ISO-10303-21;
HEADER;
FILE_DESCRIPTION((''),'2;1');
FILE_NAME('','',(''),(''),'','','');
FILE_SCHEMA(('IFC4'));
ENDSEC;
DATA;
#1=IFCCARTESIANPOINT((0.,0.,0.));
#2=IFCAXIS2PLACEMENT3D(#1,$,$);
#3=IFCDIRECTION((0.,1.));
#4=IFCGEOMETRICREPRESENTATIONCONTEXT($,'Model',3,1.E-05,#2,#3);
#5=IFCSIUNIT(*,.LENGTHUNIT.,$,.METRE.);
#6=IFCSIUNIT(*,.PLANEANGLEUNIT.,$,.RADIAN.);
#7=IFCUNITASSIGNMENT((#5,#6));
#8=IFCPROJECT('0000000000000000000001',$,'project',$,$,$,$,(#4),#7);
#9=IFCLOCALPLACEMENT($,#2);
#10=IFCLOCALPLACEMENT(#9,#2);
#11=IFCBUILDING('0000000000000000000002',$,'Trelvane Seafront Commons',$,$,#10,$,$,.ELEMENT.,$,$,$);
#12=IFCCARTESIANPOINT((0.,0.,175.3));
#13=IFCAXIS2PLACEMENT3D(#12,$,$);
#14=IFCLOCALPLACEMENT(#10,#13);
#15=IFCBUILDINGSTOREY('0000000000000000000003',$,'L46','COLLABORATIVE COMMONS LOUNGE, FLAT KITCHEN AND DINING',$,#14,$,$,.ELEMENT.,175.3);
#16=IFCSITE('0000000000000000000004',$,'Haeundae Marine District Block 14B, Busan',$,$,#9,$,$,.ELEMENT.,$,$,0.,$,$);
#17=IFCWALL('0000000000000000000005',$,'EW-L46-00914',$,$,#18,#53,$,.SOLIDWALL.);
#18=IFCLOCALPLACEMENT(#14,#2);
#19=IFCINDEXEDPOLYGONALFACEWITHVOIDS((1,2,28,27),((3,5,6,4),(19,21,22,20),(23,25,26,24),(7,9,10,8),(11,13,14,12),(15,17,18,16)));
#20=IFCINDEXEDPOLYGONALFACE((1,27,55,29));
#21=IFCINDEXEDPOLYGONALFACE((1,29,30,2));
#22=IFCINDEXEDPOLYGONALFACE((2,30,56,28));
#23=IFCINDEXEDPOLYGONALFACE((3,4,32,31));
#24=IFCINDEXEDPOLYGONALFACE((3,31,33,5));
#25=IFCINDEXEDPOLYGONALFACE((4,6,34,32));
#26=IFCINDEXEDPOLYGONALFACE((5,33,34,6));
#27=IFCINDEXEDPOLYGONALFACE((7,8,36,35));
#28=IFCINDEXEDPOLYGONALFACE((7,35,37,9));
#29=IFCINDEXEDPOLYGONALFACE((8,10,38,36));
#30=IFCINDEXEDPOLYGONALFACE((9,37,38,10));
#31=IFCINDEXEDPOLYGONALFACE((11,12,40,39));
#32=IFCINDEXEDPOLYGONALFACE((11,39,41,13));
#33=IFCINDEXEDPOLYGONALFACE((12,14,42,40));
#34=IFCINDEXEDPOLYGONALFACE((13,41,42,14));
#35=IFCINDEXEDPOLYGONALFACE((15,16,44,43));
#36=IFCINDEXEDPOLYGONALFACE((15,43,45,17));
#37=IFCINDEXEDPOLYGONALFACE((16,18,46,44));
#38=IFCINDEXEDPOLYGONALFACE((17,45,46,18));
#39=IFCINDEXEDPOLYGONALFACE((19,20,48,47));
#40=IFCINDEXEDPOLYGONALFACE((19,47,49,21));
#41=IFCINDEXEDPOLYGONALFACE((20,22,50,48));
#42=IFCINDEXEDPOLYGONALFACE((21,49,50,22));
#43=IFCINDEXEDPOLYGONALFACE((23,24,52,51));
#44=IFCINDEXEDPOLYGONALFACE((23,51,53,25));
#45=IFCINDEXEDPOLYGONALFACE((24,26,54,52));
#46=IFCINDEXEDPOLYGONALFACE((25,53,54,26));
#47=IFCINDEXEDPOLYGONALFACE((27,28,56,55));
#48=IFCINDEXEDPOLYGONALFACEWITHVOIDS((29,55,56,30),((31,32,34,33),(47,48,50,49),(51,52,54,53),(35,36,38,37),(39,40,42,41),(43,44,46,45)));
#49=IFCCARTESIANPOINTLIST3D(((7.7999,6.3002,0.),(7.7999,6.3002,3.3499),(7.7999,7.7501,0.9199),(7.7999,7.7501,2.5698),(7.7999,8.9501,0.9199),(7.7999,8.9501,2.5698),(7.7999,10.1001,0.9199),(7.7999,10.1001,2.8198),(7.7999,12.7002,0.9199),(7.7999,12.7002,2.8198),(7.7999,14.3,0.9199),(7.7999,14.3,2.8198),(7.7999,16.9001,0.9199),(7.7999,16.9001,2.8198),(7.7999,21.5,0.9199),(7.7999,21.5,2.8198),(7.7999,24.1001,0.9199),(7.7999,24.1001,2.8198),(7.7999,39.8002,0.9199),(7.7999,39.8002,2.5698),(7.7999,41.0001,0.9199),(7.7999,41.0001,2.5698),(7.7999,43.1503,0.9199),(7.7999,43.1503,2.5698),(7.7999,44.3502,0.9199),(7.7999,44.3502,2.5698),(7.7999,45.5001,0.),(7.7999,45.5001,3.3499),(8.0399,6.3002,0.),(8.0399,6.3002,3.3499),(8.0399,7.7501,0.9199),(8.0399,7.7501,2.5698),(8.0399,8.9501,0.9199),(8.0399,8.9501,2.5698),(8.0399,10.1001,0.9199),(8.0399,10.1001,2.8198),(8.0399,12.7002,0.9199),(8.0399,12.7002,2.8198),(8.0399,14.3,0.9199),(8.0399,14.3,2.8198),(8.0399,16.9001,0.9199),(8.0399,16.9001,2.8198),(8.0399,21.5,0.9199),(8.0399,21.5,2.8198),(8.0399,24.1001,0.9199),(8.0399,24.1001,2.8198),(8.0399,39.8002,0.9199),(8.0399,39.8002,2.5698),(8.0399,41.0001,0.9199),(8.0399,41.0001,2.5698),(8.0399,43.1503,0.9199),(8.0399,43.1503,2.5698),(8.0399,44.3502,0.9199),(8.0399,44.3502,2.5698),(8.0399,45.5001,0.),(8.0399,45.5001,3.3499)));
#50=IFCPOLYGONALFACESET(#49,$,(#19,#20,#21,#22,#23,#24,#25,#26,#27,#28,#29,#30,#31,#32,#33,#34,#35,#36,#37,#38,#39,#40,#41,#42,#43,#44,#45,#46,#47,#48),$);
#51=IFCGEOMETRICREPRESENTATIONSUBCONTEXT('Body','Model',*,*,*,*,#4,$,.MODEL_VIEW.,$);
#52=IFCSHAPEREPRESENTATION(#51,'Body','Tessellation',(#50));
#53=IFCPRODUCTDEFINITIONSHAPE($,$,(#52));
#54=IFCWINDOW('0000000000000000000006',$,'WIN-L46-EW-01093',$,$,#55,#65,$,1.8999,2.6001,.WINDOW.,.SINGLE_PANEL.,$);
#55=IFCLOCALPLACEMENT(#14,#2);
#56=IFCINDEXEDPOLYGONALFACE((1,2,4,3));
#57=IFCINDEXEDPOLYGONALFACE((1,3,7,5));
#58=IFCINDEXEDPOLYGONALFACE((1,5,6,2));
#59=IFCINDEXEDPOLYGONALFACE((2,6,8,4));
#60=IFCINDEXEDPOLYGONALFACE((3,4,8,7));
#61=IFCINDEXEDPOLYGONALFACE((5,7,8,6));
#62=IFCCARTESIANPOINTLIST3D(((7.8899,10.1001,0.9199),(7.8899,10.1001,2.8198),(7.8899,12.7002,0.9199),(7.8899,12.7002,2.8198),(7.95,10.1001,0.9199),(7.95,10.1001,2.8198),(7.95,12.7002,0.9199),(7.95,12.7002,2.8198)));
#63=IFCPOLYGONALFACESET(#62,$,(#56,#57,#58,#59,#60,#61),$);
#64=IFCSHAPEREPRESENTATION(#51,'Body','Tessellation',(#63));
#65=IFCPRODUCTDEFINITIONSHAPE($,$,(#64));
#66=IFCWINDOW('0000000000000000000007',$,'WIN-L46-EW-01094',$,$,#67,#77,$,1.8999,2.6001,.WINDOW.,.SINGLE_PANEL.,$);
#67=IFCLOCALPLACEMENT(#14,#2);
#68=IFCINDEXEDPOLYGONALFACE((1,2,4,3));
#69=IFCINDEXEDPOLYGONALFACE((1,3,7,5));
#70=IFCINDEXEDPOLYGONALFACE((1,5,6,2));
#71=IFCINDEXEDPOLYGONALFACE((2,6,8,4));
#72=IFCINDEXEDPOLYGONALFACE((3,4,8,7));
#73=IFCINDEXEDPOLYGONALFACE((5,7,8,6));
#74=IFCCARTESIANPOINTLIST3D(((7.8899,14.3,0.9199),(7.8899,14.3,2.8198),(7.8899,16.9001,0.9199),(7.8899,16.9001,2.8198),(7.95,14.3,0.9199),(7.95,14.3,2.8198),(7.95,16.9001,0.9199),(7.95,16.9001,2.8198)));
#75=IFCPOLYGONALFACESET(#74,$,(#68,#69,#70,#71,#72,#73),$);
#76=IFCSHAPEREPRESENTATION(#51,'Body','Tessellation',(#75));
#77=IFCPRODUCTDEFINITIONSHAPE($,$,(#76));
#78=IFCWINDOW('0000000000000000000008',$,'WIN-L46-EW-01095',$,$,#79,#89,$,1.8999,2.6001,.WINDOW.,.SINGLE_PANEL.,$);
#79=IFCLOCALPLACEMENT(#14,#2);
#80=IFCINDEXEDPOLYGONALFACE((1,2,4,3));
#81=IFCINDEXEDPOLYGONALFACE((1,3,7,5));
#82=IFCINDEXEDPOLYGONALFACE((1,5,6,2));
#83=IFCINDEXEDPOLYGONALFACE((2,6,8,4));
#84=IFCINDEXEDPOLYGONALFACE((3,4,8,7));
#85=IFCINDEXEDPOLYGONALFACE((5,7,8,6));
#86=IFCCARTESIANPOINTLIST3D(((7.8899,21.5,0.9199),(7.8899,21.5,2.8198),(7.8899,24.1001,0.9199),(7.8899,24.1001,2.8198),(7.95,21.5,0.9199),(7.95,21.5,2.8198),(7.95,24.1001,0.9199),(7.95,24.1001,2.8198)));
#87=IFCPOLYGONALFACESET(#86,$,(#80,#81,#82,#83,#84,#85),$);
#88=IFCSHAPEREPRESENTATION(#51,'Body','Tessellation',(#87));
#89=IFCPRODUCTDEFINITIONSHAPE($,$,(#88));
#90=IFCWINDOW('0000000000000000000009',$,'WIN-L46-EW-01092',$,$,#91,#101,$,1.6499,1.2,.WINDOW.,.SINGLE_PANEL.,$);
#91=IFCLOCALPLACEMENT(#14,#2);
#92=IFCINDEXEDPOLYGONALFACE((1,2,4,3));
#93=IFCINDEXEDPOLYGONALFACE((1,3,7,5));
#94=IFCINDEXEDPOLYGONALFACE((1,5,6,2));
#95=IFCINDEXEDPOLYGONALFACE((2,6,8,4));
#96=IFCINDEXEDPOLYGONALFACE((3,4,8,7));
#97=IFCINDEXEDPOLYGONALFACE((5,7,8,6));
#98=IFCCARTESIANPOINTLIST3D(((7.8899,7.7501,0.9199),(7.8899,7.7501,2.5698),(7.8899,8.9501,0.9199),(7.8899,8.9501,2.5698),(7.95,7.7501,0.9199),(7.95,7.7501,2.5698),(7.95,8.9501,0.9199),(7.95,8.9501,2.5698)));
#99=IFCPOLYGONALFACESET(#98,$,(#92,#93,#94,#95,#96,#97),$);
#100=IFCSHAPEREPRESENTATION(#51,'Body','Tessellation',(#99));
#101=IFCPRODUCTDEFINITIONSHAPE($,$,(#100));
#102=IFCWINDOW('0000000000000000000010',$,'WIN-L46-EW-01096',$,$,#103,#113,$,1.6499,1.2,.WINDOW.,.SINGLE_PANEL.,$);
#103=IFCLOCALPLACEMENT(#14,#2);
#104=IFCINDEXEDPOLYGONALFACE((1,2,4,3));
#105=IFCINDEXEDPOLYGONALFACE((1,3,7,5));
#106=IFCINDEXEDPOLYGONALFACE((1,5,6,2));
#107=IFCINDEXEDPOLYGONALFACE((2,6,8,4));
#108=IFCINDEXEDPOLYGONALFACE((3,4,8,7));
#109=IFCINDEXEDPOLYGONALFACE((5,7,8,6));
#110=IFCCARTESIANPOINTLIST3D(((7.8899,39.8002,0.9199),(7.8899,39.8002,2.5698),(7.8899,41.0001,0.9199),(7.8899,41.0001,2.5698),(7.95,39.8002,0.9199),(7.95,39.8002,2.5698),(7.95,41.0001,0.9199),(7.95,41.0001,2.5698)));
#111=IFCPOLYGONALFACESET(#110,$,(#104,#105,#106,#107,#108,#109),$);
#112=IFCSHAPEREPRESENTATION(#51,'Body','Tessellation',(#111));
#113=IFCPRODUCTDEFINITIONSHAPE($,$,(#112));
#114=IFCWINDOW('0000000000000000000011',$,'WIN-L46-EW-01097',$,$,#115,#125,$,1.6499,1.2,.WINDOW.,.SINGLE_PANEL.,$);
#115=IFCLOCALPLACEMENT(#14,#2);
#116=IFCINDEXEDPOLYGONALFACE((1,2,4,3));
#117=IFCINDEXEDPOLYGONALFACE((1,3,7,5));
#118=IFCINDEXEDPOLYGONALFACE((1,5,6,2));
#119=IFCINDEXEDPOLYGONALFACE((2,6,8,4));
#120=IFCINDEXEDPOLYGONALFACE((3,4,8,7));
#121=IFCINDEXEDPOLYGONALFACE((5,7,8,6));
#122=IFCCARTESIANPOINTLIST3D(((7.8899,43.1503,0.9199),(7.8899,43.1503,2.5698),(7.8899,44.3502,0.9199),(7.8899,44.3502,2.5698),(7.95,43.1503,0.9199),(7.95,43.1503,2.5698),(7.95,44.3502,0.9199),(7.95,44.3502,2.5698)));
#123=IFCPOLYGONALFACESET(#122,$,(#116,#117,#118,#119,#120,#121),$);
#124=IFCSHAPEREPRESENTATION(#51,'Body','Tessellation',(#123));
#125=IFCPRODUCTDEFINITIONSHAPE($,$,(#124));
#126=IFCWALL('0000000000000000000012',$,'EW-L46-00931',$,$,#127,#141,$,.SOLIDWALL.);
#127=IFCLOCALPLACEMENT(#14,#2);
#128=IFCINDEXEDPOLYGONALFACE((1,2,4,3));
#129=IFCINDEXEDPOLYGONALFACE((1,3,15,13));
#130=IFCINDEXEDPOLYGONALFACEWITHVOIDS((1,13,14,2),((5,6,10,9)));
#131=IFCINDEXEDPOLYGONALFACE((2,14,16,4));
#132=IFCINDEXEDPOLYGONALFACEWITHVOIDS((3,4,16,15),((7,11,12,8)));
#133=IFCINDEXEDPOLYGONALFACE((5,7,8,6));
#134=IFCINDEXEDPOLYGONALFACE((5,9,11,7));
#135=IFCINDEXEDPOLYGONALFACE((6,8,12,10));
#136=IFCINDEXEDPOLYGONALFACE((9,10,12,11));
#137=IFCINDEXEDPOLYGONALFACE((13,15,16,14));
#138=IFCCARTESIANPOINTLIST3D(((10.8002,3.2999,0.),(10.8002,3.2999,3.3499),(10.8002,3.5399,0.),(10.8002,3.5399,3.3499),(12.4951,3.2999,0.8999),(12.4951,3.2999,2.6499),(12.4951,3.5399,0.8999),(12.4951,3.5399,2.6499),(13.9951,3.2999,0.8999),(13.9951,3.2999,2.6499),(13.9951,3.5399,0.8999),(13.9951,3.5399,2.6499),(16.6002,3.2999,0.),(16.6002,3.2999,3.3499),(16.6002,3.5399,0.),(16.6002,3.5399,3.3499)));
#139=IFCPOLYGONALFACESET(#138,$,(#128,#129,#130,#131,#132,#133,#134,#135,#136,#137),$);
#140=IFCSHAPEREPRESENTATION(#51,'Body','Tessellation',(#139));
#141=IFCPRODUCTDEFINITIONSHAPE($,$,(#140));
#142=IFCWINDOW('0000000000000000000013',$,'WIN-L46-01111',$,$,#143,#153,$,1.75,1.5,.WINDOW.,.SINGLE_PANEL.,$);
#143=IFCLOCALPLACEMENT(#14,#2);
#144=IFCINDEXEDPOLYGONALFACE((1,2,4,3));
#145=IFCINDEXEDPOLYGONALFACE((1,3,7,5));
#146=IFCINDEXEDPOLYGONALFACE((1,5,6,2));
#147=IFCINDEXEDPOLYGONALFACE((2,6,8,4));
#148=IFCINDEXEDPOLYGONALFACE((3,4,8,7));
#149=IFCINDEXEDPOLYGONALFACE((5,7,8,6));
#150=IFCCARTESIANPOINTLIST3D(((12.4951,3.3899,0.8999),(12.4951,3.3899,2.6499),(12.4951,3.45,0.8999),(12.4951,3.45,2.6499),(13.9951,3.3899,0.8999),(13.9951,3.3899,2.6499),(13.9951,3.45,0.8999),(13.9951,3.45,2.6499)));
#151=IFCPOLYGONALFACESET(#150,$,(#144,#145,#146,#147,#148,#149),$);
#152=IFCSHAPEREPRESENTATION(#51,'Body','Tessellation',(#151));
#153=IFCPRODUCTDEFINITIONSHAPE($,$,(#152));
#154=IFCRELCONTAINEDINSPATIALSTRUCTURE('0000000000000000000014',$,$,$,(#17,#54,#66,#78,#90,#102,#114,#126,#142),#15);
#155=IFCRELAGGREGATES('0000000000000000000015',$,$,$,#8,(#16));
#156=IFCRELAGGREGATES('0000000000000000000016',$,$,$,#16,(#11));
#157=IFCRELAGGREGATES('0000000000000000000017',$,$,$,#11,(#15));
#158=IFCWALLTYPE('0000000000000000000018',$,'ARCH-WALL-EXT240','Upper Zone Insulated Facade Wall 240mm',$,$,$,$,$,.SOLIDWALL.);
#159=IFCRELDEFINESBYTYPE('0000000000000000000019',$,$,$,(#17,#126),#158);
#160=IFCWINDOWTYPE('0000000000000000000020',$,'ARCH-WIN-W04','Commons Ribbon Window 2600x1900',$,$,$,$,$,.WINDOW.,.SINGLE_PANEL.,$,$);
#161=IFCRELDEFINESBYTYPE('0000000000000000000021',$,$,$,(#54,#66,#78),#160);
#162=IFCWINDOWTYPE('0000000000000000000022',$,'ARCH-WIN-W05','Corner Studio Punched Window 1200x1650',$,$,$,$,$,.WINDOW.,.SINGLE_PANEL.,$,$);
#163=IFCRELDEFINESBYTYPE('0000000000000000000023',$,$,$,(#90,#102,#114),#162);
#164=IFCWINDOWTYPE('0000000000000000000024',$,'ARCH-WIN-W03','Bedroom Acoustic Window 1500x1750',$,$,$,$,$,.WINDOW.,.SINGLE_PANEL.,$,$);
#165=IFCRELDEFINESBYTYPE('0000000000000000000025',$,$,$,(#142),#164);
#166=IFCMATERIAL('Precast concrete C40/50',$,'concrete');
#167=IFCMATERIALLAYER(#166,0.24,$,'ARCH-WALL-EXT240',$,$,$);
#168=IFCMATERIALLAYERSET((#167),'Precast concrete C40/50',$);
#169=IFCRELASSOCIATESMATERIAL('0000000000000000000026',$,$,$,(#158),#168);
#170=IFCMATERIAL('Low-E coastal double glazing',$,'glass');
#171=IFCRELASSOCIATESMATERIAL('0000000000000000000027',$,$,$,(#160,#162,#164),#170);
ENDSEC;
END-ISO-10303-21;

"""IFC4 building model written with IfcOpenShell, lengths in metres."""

from ifc_helpers import new_model, si_unit, direction, frame, frame_2d, origin, place, context, subcontext, project, spatial, rectangle, extrude, source, transform, mapped, material, layer, layer_set, type_object, element, fill, save


model = new_model("IFC4")

# Units and contexts
model_context = context("Model", 3, precision=1e-05, world=origin(), true_north=direction((0.0, 1.0)))
body_context = subcontext(model_context, "Body", "Model", "MODEL_VIEW")
ifc_project = project(units=[si_unit("LENGTHUNIT", "METRE"), si_unit("PLANEANGLEUNIT", "RADIAN")], contexts=[model_context])

# Site, building, storey
site_placement = place(None, origin())
site = spatial("IfcSite", under=ifc_project, at=site_placement, Name="Haeundae Marine District Block 14B, Busan", CompositionType="ELEMENT", RefElevation=0.0)
building_placement = place(site_placement, origin())
building = spatial("IfcBuilding", under=site, at=building_placement, Name="Trelvane Seafront Commons", CompositionType="ELEMENT")
storey_placement = place(building_placement, frame((0.0, 0.0, 175.3)))
storey = spatial("IfcBuildingStorey", under=building, at=storey_placement, Name="L46", Description="COLLABORATIVE COMMONS LOUNGE, FLAT KITCHEN AND DINING", CompositionType="ELEMENT", Elevation=175.3)

# Shared definitions
ifc_material_1 = material(Name="Precast concrete C40/50", Category="concrete")
ifc_layer_1 = layer(ifc_material_1, 0.24, Name="ARCH-WALL-EXT240")
ifc_layer_set_1 = layer_set([ifc_layer_1], Name="Precast concrete C40/50")
wall_type_1 = type_object("IfcWallType", Name="ARCH-WALL-EXT240", Description="Upper Zone Insulated Facade Wall 240mm", PredefinedType="SOLIDWALL", material=ifc_layer_set_1)

# Wall, openings, windows
wall_1_placement = place(storey_placement, frame((7.9199, 6.3, 0.0), z_axis=(0.0, 0.0, 1.0), x_axis=(0.0, 1.0, 0.0)))
wall_1 = element("IfcWall", 1, at=wall_1_placement, inside=storey, type_object=wall_type_1, Name="EW-L46-00914", PredefinedType="SOLIDWALL", context=body_context, shape_type="SweptSolid", body=[
    extrude(rectangle(XDim=39.2, YDim=0.24, at=frame_2d((19.6001, 0.0))), origin(), (0.0, 0.0, 1.0), 3.3499),
])
opening_1_placement = place(wall_1_placement, frame((1.45, 0.0, 0.9199)))
opening_1 = element("IfcOpeningElement", 2, at=opening_1_placement, cuts=wall_1, PredefinedType="OPENING", context=body_context, shape_type="SweptSolid", body=[
    extrude(rectangle(XDim=1.2, YDim=1.6499, at=frame_2d((0.6001, 0.825))), frame((0.0, 0.1299, 0.0), z_axis=(0.0, -1.0, 0.0), x_axis=(1.0, 0.0, 0.0)), (0.0, 0.0, 1.0), 0.26),
])
opening_2_placement = place(wall_1_placement, frame((3.8, 0.0, 0.9199)))
opening_2 = element("IfcOpeningElement", 3, at=opening_2_placement, cuts=wall_1, PredefinedType="OPENING", context=body_context, shape_type="SweptSolid", body=[
    extrude(rectangle(XDim=2.6001, YDim=1.8999, at=frame_2d((1.3, 0.95))), frame((0.0, 0.1299, 0.0), z_axis=(0.0, -1.0, 0.0), x_axis=(1.0, 0.0, 0.0)), (0.0, 0.0, 1.0), 0.26),
])
opening_3_placement = place(wall_1_placement, frame((8.0, 0.0, 0.9199)))
opening_3 = element("IfcOpeningElement", 4, at=opening_3_placement, cuts=wall_1, PredefinedType="OPENING", context=body_context, shape_type="SweptSolid", body=[
    extrude(rectangle(XDim=2.6001, YDim=1.8999, at=frame_2d((1.3, 0.95))), frame((0.0, 0.1299, 0.0), z_axis=(0.0, -1.0, 0.0), x_axis=(1.0, 0.0, 0.0)), (0.0, 0.0, 1.0), 0.26),
])
opening_4_placement = place(wall_1_placement, frame((15.2, 0.0, 0.9199)))
opening_4 = element("IfcOpeningElement", 5, at=opening_4_placement, cuts=wall_1, PredefinedType="OPENING", context=body_context, shape_type="SweptSolid", body=[
    extrude(rectangle(XDim=2.6001, YDim=1.8999, at=frame_2d((1.3, 0.95))), frame((0.0, 0.1299, 0.0), z_axis=(0.0, -1.0, 0.0), x_axis=(1.0, 0.0, 0.0)), (0.0, 0.0, 1.0), 0.26),
])
opening_5_placement = place(wall_1_placement, frame((33.5, 0.0, 0.9199)))
opening_5 = element("IfcOpeningElement", 6, at=opening_5_placement, cuts=wall_1, PredefinedType="OPENING", context=body_context, shape_type="SweptSolid", body=[
    extrude(rectangle(XDim=1.2, YDim=1.6499, at=frame_2d((0.6001, 0.825))), frame((0.0, 0.1299, 0.0), z_axis=(0.0, -1.0, 0.0), x_axis=(1.0, 0.0, 0.0)), (0.0, 0.0, 1.0), 0.26),
])
opening_6_placement = place(wall_1_placement, frame((36.8501, 0.0, 0.9199)))
opening_6 = element("IfcOpeningElement", 7, at=opening_6_placement, cuts=wall_1, PredefinedType="OPENING", context=body_context, shape_type="SweptSolid", body=[
    extrude(rectangle(XDim=1.2, YDim=1.6499, at=frame_2d((0.6001, 0.825))), frame((0.0, 0.1299, 0.0), z_axis=(0.0, -1.0, 0.0), x_axis=(1.0, 0.0, 0.0)), (0.0, 0.0, 1.0), 0.26),
])
ifc_material_2 = material(Name="Low-E coastal double glazing", Category="glass")
window_type_1 = type_object("IfcWindowType", Name="ARCH-WIN-W04", Description="Commons Ribbon Window 2600x1900", PartitioningType="SINGLE_PANEL", PredefinedType="WINDOW", material=ifc_material_2)
shared_shape_1 = source(origin(), body_context, "Body", "SweptSolid", [
    extrude(rectangle(XDim=2.6001, YDim=1.8999, at=frame_2d((1.3, 0.95))), frame((0.0, 0.03, 0.0), z_axis=(0.0, -1.0, 0.0), x_axis=(1.0, 0.0, 0.0)), (0.0, 0.0, 1.0), 0.0601),
])
window_1_placement = place(opening_2_placement, origin())
window_1 = element("IfcWindow", 8, at=window_1_placement, inside=storey, type_object=window_type_1, Name="WIN-L46-EW-01093", OverallHeight=1.8999, OverallWidth=2.6001, PartitioningType="SINGLE_PANEL", PredefinedType="WINDOW", context=body_context, shape_type="MappedRepresentation", body=[
    mapped(shared_shape_1, transform((0.0, 0.0, 0.0), x_axis=(1.0, 0.0, 0.0), y_axis=(0.0, 1.0, 0.0), z_axis=(0.0, 0.0, 1.0), scale=1.0)),
])
fill(opening_2, window_1)
window_2_placement = place(opening_3_placement, origin())
window_2 = element("IfcWindow", 9, at=window_2_placement, inside=storey, type_object=window_type_1, Name="WIN-L46-EW-01094", OverallHeight=1.8999, OverallWidth=2.6001, PartitioningType="SINGLE_PANEL", PredefinedType="WINDOW", context=body_context, shape_type="MappedRepresentation", body=[
    mapped(shared_shape_1, transform((0.0, 0.0, 0.0), x_axis=(1.0, 0.0, 0.0), y_axis=(0.0, 1.0, 0.0), z_axis=(0.0, 0.0, 1.0), scale=1.0)),
])
fill(opening_3, window_2)
window_3_placement = place(opening_4_placement, origin())
window_3 = element("IfcWindow", 10, at=window_3_placement, inside=storey, type_object=window_type_1, Name="WIN-L46-EW-01095", OverallHeight=1.8999, OverallWidth=2.6001, PartitioningType="SINGLE_PANEL", PredefinedType="WINDOW", context=body_context, shape_type="MappedRepresentation", body=[
    mapped(shared_shape_1, transform((0.0, 0.0, 0.0), x_axis=(1.0, 0.0, 0.0), y_axis=(0.0, 1.0, 0.0), z_axis=(0.0, 0.0, 1.0), scale=1.0)),
])
fill(opening_4, window_3)
window_type_2 = type_object("IfcWindowType", Name="ARCH-WIN-W05", Description="Corner Studio Punched Window 1200x1650", PartitioningType="SINGLE_PANEL", PredefinedType="WINDOW", material=ifc_material_2)
shared_shape_2 = source(origin(), body_context, "Body", "SweptSolid", [
    extrude(rectangle(XDim=1.2, YDim=1.6499, at=frame_2d((0.6001, 0.825))), frame((0.0, 0.03, 0.0), z_axis=(0.0, -1.0, 0.0), x_axis=(1.0, 0.0, 0.0)), (0.0, 0.0, 1.0), 0.0601),
])
window_4_placement = place(opening_1_placement, origin())
window_4 = element("IfcWindow", 11, at=window_4_placement, inside=storey, type_object=window_type_2, Name="WIN-L46-EW-01092", OverallHeight=1.6499, OverallWidth=1.2, PartitioningType="SINGLE_PANEL", PredefinedType="WINDOW", context=body_context, shape_type="MappedRepresentation", body=[
    mapped(shared_shape_2, transform((0.0, 0.0, 0.0), x_axis=(1.0, 0.0, 0.0), y_axis=(0.0, 1.0, 0.0), z_axis=(0.0, 0.0, 1.0), scale=1.0)),
])
fill(opening_1, window_4)
window_5_placement = place(opening_5_placement, origin())
window_5 = element("IfcWindow", 12, at=window_5_placement, inside=storey, type_object=window_type_2, Name="WIN-L46-EW-01096", OverallHeight=1.6499, OverallWidth=1.2, PartitioningType="SINGLE_PANEL", PredefinedType="WINDOW", context=body_context, shape_type="MappedRepresentation", body=[
    mapped(shared_shape_2, transform((0.0, 0.0, 0.0), x_axis=(1.0, 0.0, 0.0), y_axis=(0.0, 1.0, 0.0), z_axis=(0.0, 0.0, 1.0), scale=1.0)),
])
fill(opening_5, window_5)
window_6_placement = place(opening_6_placement, origin())
window_6 = element("IfcWindow", 13, at=window_6_placement, inside=storey, type_object=window_type_2, Name="WIN-L46-EW-01097", OverallHeight=1.6499, OverallWidth=1.2, PartitioningType="SINGLE_PANEL", PredefinedType="WINDOW", context=body_context, shape_type="MappedRepresentation", body=[
    mapped(shared_shape_2, transform((0.0, 0.0, 0.0), x_axis=(1.0, 0.0, 0.0), y_axis=(0.0, 1.0, 0.0), z_axis=(0.0, 0.0, 1.0), scale=1.0)),
])
fill(opening_6, window_6)

# Wall, opening, window
wall_2_placement = place(storey_placement, frame((16.6001, 3.4199, 0.0), z_axis=(0.0, 0.0, 1.0), x_axis=(-1.0, 0.0, 0.0)))
wall_2 = element("IfcWall", 14, at=wall_2_placement, inside=storey, type_object=wall_type_1, Name="EW-L46-00931", PredefinedType="SOLIDWALL", context=body_context, shape_type="SweptSolid", body=[
    extrude(rectangle(XDim=5.8, YDim=0.24, at=frame_2d((2.8999, 0.0))), origin(), (0.0, 0.0, 1.0), 3.3499),
])
opening_7_placement = place(wall_2_placement, frame((2.605, 0.0, 0.8999)))
opening_7 = element("IfcOpeningElement", 15, at=opening_7_placement, cuts=wall_2, PredefinedType="OPENING", context=body_context, shape_type="SweptSolid", body=[
    extrude(rectangle(XDim=1.5, YDim=1.75, at=frame_2d((0.75, 0.875))), frame((0.0, 0.1299, 0.0), z_axis=(0.0, -1.0, 0.0), x_axis=(1.0, 0.0, 0.0)), (0.0, 0.0, 1.0), 0.26),
])
window_type_3 = type_object("IfcWindowType", Name="ARCH-WIN-W03", Description="Bedroom Acoustic Window 1500x1750", PartitioningType="SINGLE_PANEL", PredefinedType="WINDOW", material=ifc_material_2)
shared_shape_3 = source(origin(), body_context, "Body", "SweptSolid", [
    extrude(rectangle(XDim=1.5, YDim=1.75, at=frame_2d((0.75, 0.875))), frame((0.0, 0.03, 0.0), z_axis=(0.0, -1.0, 0.0), x_axis=(1.0, 0.0, 0.0)), (0.0, 0.0, 1.0), 0.0601),
])
window_7_placement = place(opening_7_placement, origin())
window_7 = element("IfcWindow", 16, at=window_7_placement, inside=storey, type_object=window_type_3, Name="WIN-L46-01111", OverallHeight=1.75, OverallWidth=1.5, PartitioningType="SINGLE_PANEL", PredefinedType="WINDOW", context=body_context, shape_type="MappedRepresentation", body=[
    mapped(shared_shape_3, transform((0.0, 0.0, 0.0), x_axis=(1.0, 0.0, 0.0), y_axis=(0.0, 1.0, 0.0), z_axis=(0.0, 0.0, 1.0), scale=1.0)),
])
fill(opening_7, window_7)

save(model, "model.ifc")
